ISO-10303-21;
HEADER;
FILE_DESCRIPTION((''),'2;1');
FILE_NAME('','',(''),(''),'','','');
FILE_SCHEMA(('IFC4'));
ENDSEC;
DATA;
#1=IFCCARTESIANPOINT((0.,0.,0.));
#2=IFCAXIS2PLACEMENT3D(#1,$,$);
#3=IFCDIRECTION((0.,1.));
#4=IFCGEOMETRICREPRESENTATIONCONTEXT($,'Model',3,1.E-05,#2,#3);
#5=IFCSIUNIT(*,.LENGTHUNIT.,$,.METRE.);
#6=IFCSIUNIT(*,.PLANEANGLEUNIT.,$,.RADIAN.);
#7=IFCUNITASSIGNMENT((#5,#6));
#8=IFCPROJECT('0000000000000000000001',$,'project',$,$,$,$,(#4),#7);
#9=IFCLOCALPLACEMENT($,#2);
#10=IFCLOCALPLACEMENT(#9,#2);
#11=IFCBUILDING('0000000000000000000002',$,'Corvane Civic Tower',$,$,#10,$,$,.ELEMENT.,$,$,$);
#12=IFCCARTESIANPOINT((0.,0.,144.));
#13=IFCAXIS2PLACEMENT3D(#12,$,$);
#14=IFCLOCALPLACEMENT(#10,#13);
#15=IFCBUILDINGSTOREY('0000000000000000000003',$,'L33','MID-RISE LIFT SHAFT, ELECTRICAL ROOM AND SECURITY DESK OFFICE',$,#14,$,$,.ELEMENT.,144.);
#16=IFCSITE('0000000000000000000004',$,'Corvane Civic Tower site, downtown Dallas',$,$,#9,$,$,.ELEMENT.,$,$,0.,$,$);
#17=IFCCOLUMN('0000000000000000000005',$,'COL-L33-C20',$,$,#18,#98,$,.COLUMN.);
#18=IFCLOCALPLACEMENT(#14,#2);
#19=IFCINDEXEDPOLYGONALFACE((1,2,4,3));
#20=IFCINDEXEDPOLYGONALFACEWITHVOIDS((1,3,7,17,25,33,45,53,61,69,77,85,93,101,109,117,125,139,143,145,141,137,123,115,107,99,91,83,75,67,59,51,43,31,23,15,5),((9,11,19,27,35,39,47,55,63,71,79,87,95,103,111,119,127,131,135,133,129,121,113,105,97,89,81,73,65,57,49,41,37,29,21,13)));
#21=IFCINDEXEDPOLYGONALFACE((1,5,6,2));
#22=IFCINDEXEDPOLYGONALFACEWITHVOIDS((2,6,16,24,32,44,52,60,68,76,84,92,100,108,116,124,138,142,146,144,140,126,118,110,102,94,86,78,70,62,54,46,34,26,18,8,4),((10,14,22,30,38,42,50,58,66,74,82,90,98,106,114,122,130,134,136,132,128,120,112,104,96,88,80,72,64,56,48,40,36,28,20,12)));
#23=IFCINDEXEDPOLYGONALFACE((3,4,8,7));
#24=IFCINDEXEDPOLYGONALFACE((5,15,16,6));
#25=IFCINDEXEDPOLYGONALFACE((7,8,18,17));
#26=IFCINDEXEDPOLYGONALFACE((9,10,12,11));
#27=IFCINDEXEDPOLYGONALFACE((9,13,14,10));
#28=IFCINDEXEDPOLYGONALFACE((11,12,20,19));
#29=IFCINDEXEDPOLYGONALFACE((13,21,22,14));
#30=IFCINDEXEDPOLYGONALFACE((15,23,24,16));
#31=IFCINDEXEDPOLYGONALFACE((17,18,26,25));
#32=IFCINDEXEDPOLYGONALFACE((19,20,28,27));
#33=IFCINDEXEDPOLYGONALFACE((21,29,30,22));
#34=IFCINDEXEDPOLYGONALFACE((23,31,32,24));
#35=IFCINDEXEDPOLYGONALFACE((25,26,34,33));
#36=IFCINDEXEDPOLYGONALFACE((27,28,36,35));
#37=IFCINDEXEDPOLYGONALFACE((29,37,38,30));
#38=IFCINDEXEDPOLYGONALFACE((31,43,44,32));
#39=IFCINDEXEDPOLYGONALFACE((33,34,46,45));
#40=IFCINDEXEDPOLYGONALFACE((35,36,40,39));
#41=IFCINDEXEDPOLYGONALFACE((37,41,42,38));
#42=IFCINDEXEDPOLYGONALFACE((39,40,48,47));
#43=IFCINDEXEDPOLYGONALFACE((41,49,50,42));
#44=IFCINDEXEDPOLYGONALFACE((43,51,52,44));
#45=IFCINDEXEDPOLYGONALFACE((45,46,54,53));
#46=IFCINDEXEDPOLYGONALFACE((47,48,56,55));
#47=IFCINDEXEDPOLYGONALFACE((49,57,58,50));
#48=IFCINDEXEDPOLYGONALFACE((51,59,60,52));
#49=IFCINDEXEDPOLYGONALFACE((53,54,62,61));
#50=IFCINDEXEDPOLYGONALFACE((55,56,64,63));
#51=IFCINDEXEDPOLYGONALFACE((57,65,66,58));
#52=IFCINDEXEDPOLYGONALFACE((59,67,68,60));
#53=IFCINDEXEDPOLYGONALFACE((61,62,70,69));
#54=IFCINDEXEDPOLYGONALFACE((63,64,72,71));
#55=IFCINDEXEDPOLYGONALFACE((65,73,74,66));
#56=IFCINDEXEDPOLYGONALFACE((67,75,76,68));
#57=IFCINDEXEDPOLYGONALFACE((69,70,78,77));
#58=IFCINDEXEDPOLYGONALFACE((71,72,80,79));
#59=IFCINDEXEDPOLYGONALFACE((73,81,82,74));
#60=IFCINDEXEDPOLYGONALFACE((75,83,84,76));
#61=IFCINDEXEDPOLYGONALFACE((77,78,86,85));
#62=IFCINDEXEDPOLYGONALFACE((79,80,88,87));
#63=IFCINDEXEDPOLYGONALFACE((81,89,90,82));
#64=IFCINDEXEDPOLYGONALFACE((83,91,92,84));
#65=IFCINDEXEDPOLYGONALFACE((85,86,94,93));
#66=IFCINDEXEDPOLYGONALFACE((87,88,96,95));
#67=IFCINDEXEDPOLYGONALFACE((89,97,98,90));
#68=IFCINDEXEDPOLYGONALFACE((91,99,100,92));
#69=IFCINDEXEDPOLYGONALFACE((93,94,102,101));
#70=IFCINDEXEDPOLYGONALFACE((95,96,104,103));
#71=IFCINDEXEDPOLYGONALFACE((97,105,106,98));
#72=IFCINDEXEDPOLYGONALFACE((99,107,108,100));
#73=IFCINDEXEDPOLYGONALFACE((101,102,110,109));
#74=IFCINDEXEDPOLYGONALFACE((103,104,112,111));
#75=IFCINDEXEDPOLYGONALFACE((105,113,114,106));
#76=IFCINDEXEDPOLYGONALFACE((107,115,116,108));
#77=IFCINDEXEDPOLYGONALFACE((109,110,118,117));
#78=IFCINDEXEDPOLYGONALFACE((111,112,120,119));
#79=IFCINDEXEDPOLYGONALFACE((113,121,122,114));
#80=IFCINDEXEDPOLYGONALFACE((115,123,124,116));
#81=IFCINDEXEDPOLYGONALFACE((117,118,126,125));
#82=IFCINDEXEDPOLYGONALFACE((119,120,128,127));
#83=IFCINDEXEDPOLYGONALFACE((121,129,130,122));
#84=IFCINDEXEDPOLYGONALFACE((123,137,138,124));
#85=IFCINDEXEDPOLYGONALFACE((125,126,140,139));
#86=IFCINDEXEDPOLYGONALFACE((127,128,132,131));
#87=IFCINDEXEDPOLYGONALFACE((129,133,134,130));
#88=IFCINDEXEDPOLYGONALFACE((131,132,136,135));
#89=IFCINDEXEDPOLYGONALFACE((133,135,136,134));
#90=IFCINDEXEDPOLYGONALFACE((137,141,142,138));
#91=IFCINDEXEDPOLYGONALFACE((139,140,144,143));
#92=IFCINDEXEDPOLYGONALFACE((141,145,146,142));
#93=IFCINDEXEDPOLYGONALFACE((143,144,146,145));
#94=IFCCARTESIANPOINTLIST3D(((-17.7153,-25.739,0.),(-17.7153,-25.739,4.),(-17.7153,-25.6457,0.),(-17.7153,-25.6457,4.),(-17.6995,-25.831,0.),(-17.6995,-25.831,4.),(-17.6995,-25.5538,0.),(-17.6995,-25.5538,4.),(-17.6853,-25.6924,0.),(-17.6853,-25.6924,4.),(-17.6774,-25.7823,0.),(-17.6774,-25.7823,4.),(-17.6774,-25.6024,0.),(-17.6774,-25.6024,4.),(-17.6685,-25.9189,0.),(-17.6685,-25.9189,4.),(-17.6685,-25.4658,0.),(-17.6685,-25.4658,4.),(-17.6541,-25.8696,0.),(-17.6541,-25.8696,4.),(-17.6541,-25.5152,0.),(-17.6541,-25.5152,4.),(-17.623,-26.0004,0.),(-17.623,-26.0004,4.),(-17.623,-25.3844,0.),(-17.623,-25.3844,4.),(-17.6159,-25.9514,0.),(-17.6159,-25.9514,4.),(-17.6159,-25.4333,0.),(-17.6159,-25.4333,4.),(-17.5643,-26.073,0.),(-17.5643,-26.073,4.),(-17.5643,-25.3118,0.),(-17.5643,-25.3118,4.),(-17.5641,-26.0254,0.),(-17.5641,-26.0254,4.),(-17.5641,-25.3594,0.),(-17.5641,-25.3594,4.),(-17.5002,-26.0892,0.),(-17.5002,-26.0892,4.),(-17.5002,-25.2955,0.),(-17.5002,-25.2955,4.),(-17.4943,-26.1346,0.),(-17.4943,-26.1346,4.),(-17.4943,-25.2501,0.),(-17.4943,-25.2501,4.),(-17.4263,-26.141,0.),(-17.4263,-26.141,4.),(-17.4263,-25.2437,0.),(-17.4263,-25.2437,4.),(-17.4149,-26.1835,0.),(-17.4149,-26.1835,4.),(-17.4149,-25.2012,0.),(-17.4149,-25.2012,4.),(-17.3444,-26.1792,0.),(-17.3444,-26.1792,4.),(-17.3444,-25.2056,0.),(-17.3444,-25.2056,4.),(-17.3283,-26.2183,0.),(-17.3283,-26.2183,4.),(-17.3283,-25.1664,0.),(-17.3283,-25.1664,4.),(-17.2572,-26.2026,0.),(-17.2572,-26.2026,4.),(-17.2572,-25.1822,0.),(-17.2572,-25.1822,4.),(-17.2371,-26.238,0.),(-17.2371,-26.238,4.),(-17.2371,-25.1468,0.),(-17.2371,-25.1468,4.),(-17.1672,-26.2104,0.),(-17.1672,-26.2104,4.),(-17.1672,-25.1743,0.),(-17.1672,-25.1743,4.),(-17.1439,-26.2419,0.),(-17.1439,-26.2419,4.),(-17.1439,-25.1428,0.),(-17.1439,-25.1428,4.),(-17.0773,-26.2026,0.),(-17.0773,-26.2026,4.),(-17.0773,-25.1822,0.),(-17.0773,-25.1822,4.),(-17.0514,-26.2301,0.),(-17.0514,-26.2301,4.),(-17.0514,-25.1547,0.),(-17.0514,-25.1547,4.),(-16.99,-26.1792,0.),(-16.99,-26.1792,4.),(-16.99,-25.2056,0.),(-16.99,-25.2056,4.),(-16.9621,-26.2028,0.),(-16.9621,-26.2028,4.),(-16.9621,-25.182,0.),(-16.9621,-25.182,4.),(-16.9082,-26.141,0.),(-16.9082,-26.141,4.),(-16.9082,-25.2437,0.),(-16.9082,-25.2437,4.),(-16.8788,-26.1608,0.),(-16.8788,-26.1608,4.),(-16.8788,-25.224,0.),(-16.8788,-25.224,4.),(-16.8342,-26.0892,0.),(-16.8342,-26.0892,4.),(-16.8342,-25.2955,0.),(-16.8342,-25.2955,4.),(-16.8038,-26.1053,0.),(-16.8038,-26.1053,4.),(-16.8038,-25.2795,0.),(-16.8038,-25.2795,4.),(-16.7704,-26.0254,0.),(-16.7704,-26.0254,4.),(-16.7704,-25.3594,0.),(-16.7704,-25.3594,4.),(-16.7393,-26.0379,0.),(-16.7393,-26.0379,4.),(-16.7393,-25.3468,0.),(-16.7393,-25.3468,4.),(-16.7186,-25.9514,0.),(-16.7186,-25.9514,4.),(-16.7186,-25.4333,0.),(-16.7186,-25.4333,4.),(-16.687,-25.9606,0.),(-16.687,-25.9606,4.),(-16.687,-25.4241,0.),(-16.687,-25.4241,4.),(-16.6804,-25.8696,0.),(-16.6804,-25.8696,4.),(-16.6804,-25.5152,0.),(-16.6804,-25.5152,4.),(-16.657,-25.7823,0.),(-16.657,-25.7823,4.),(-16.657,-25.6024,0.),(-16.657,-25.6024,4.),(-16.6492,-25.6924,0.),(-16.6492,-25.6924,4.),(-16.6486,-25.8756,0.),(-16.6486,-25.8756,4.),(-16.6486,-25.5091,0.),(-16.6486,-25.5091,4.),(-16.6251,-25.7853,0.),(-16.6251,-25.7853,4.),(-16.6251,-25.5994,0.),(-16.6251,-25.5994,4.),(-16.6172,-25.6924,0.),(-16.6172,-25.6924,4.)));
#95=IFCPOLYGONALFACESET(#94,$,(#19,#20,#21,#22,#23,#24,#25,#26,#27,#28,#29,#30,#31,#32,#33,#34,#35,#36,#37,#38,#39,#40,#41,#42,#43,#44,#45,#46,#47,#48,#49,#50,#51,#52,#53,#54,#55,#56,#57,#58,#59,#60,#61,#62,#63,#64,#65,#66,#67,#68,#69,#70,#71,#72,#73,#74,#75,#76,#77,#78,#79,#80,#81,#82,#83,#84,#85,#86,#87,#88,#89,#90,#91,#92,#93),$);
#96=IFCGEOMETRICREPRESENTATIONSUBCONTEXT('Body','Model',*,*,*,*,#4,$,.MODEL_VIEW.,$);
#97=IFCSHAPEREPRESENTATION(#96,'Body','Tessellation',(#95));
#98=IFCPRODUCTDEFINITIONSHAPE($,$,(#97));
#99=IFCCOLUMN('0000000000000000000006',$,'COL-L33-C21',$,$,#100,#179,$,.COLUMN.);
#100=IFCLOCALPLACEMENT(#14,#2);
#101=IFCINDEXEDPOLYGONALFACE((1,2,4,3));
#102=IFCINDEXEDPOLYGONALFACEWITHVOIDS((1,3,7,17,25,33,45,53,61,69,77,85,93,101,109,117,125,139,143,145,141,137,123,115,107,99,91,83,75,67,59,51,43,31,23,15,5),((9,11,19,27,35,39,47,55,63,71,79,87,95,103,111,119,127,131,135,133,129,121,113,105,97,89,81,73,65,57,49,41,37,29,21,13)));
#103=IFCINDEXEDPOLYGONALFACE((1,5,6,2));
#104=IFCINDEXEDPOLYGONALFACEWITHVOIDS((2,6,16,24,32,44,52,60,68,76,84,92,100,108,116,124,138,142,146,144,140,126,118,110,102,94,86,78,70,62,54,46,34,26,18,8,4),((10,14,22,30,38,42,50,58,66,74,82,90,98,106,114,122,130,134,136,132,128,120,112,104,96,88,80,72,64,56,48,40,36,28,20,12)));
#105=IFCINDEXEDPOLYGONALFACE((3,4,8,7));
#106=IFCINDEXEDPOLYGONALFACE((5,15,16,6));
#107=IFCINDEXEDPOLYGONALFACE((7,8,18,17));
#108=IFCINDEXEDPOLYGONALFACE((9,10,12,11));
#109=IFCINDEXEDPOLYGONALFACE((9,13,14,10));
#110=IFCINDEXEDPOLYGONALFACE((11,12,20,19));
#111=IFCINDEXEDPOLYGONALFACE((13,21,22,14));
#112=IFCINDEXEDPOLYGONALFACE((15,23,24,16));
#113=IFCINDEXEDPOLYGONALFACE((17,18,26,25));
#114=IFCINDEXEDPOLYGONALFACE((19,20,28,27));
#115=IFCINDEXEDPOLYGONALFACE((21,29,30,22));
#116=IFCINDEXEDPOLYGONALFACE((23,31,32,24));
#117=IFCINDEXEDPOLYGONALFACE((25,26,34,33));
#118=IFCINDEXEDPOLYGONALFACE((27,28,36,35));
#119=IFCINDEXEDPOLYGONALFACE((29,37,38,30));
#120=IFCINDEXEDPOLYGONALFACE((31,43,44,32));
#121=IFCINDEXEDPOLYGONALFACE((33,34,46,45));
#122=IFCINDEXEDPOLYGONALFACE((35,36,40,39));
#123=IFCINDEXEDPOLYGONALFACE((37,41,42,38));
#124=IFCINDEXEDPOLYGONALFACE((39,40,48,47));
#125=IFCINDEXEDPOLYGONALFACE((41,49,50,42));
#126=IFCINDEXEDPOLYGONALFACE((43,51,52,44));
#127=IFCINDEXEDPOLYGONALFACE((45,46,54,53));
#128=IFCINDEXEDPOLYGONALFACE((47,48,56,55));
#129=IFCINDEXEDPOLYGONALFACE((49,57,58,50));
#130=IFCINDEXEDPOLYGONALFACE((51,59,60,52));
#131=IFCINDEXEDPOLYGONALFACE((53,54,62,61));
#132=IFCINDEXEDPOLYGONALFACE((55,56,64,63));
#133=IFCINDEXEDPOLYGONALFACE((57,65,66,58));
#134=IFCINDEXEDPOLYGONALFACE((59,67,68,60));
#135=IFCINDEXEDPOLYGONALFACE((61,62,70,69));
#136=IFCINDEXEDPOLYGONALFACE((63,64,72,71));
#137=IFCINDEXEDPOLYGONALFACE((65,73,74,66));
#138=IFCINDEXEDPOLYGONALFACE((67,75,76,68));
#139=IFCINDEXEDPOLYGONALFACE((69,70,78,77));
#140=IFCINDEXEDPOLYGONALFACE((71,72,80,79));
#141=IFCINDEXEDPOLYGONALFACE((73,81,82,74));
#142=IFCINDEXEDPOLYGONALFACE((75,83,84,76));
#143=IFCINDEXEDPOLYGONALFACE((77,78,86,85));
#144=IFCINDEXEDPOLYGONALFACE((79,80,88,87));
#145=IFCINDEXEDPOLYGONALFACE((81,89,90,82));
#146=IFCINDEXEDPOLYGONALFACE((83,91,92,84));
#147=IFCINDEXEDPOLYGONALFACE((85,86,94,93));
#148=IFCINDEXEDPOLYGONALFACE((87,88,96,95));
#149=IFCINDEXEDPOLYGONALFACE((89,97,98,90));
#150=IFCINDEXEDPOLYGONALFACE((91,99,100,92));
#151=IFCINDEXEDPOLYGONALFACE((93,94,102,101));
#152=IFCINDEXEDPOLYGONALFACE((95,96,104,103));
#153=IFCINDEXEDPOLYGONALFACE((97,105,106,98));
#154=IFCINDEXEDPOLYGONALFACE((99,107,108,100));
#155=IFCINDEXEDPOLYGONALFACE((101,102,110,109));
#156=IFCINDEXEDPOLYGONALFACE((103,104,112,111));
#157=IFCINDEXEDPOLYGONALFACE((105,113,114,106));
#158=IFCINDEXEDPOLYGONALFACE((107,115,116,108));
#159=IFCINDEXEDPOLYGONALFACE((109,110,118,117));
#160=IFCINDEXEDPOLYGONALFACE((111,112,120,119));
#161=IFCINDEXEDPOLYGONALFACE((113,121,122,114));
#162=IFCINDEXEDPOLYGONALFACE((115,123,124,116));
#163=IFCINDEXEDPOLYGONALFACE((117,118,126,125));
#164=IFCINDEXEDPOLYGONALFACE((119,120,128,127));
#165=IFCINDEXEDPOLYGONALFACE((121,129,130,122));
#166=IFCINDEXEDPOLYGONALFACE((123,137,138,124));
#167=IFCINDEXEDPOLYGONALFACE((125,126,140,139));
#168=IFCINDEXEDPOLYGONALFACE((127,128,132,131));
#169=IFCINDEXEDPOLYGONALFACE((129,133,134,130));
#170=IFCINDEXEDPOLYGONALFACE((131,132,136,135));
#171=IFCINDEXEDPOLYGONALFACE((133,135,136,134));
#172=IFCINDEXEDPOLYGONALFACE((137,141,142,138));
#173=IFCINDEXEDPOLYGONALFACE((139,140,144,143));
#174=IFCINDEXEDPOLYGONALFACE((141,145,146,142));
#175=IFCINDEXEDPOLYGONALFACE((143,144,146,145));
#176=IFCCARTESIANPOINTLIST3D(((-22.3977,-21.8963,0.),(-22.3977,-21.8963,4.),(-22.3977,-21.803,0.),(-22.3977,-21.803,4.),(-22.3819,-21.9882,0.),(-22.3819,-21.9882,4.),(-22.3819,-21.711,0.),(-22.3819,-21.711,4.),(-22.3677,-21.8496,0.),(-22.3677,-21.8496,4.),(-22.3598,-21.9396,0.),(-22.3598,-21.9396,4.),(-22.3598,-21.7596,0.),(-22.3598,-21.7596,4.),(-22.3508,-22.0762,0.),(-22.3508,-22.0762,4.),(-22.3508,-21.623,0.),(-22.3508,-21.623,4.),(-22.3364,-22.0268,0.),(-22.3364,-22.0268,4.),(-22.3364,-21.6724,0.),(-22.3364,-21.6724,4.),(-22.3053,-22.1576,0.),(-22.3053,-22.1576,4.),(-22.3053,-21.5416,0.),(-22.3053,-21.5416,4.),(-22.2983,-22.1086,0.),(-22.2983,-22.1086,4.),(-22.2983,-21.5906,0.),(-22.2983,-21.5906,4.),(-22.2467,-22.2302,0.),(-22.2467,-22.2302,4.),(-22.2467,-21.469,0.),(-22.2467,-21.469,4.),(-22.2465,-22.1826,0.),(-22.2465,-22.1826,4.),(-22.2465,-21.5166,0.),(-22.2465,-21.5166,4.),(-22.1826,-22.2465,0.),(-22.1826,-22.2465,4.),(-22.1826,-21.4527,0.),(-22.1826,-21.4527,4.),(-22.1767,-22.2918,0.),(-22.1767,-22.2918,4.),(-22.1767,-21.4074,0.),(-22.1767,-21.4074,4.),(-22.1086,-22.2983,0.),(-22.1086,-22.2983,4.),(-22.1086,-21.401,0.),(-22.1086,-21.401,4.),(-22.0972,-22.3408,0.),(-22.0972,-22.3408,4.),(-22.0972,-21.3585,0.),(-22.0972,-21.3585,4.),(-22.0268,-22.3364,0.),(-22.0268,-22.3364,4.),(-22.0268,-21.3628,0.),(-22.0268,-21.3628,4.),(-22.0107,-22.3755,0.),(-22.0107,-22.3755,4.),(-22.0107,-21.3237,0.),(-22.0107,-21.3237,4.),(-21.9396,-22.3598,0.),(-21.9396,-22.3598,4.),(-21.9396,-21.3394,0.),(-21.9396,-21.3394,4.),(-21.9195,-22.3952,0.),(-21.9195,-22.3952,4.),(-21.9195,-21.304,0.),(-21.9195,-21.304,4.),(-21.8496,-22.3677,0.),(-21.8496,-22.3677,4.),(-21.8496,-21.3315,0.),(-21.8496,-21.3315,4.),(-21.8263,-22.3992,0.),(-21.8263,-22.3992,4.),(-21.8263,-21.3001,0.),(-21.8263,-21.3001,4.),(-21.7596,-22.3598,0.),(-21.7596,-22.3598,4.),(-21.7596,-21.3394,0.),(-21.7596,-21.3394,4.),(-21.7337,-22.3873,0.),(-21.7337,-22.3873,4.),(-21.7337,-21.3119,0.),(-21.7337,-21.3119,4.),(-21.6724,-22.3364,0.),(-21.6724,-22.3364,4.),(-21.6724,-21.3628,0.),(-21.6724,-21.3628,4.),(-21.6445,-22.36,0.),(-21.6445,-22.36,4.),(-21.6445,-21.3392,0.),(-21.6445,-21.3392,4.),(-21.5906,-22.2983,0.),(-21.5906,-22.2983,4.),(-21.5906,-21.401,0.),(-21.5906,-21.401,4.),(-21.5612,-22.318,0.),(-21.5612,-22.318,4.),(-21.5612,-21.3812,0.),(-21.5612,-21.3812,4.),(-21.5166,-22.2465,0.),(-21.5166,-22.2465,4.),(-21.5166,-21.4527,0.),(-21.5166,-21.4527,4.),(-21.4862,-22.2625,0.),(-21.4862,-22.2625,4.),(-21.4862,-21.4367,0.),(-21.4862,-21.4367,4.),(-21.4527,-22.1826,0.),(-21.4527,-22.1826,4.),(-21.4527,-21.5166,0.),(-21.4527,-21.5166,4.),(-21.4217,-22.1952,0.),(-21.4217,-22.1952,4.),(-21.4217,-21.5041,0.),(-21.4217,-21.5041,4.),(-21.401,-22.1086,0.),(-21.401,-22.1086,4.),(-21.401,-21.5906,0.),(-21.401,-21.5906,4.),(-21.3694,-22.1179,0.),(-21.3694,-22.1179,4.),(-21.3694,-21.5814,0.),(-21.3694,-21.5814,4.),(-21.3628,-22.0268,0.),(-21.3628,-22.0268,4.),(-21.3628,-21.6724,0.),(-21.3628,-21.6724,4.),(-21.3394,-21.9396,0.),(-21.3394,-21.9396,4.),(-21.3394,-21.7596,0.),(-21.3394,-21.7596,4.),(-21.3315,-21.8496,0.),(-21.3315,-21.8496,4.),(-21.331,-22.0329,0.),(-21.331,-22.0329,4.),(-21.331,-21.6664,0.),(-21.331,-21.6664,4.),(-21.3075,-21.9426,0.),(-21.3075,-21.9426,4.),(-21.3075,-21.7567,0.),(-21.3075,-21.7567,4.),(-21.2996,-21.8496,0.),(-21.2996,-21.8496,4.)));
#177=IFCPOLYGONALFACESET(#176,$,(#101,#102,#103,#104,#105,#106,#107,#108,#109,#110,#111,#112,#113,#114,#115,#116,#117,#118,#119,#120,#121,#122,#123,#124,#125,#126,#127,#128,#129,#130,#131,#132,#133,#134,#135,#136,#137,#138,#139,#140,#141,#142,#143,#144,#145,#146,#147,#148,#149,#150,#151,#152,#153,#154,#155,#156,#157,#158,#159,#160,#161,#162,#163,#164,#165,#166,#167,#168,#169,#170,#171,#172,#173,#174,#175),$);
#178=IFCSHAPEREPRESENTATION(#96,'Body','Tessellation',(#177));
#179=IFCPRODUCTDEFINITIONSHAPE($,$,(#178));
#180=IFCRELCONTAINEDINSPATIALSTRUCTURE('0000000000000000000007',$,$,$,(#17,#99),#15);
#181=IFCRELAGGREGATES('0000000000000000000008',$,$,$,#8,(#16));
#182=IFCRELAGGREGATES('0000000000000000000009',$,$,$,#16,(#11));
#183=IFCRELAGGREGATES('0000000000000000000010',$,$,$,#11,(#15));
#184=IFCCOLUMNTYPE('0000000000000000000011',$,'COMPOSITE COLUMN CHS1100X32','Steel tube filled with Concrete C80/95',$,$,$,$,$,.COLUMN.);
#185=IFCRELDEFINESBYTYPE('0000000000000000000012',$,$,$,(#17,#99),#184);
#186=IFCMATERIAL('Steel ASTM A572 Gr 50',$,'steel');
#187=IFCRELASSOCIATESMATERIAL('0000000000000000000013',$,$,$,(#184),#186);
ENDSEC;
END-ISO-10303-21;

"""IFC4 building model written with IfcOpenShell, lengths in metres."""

from ifc_helpers import new_model, si_unit, direction, frame, origin, origin_2d, place, context, subcontext, project, spatial, hollow_circle, extrude, material, material_profile, profile_set, type_object, element, save


model = new_model("IFC4")

# Units and contexts
model_context = context("Model", 3, precision=1e-05, world=origin(), true_north=direction((0.0, 1.0)))
body_context = subcontext(model_context, "Body", "Model", "MODEL_VIEW")
ifc_project = project(units=[si_unit("LENGTHUNIT", "METRE"), si_unit("PLANEANGLEUNIT", "RADIAN")], contexts=[model_context])

# Site, building, storey
site_placement = place(None, origin())
site = spatial("IfcSite", under=ifc_project, at=site_placement, Name="Corvane Civic Tower site, downtown Dallas", CompositionType="ELEMENT", RefElevation=0.0)
building_placement = place(site_placement, origin())
building = spatial("IfcBuilding", under=site, at=building_placement, Name="Corvane Civic Tower", CompositionType="ELEMENT")
storey_placement = place(building_placement, frame((0.0, 0.0, 144.0)))
storey = spatial("IfcBuildingStorey", under=building, at=storey_placement, Name="L33", Description="MID-RISE LIFT SHAFT, ELECTRICAL ROOM AND SECURITY DESK OFFICE", CompositionType="ELEMENT", Elevation=144.0)

# Columns
ifc_material_1 = material(Name="Steel ASTM A572 Gr 50", Category="steel")
ifc_material_profile_1 = material_profile(ifc_material_1, hollow_circle(Radius=0.55, WallThickness=0.032, at=origin_2d()), Name="CHS1100X32")
ifc_profile_set_1 = profile_set([ifc_material_profile_1], Name="Steel ASTM A572 Gr 50")
column_type = type_object("IfcColumnType", Name="COMPOSITE COLUMN CHS1100X32", Description="Steel tube filled with Concrete C80/95", PredefinedType="COLUMN", material=ifc_profile_set_1)
for number, where, z_axis, x_axis, name in (
    (1, (-17.1672, -25.6924, 0.0), (0.0, 0.0, 1.0), (1.0, 0.0, 0.0), "COL-L33-C20"),
    (2, (-21.8496, -21.8496, 0.0), (0.0, 0.0, 1.0), (1.0, 0.0, 0.0), "COL-L33-C21"),
):
    element("IfcColumn", number, at=place(storey_placement, frame(where, z_axis=z_axis, x_axis=x_axis)), inside=storey, type_object=column_type, Name=name, PredefinedType="COLUMN", context=body_context, shape_type="SweptSolid", body=[
        extrude(hollow_circle(Radius=0.55, WallThickness=0.032, at=origin_2d()), origin(), (0.0, 0.0, 1.0), 4.0),
    ])

save(model, "model.ifc")
